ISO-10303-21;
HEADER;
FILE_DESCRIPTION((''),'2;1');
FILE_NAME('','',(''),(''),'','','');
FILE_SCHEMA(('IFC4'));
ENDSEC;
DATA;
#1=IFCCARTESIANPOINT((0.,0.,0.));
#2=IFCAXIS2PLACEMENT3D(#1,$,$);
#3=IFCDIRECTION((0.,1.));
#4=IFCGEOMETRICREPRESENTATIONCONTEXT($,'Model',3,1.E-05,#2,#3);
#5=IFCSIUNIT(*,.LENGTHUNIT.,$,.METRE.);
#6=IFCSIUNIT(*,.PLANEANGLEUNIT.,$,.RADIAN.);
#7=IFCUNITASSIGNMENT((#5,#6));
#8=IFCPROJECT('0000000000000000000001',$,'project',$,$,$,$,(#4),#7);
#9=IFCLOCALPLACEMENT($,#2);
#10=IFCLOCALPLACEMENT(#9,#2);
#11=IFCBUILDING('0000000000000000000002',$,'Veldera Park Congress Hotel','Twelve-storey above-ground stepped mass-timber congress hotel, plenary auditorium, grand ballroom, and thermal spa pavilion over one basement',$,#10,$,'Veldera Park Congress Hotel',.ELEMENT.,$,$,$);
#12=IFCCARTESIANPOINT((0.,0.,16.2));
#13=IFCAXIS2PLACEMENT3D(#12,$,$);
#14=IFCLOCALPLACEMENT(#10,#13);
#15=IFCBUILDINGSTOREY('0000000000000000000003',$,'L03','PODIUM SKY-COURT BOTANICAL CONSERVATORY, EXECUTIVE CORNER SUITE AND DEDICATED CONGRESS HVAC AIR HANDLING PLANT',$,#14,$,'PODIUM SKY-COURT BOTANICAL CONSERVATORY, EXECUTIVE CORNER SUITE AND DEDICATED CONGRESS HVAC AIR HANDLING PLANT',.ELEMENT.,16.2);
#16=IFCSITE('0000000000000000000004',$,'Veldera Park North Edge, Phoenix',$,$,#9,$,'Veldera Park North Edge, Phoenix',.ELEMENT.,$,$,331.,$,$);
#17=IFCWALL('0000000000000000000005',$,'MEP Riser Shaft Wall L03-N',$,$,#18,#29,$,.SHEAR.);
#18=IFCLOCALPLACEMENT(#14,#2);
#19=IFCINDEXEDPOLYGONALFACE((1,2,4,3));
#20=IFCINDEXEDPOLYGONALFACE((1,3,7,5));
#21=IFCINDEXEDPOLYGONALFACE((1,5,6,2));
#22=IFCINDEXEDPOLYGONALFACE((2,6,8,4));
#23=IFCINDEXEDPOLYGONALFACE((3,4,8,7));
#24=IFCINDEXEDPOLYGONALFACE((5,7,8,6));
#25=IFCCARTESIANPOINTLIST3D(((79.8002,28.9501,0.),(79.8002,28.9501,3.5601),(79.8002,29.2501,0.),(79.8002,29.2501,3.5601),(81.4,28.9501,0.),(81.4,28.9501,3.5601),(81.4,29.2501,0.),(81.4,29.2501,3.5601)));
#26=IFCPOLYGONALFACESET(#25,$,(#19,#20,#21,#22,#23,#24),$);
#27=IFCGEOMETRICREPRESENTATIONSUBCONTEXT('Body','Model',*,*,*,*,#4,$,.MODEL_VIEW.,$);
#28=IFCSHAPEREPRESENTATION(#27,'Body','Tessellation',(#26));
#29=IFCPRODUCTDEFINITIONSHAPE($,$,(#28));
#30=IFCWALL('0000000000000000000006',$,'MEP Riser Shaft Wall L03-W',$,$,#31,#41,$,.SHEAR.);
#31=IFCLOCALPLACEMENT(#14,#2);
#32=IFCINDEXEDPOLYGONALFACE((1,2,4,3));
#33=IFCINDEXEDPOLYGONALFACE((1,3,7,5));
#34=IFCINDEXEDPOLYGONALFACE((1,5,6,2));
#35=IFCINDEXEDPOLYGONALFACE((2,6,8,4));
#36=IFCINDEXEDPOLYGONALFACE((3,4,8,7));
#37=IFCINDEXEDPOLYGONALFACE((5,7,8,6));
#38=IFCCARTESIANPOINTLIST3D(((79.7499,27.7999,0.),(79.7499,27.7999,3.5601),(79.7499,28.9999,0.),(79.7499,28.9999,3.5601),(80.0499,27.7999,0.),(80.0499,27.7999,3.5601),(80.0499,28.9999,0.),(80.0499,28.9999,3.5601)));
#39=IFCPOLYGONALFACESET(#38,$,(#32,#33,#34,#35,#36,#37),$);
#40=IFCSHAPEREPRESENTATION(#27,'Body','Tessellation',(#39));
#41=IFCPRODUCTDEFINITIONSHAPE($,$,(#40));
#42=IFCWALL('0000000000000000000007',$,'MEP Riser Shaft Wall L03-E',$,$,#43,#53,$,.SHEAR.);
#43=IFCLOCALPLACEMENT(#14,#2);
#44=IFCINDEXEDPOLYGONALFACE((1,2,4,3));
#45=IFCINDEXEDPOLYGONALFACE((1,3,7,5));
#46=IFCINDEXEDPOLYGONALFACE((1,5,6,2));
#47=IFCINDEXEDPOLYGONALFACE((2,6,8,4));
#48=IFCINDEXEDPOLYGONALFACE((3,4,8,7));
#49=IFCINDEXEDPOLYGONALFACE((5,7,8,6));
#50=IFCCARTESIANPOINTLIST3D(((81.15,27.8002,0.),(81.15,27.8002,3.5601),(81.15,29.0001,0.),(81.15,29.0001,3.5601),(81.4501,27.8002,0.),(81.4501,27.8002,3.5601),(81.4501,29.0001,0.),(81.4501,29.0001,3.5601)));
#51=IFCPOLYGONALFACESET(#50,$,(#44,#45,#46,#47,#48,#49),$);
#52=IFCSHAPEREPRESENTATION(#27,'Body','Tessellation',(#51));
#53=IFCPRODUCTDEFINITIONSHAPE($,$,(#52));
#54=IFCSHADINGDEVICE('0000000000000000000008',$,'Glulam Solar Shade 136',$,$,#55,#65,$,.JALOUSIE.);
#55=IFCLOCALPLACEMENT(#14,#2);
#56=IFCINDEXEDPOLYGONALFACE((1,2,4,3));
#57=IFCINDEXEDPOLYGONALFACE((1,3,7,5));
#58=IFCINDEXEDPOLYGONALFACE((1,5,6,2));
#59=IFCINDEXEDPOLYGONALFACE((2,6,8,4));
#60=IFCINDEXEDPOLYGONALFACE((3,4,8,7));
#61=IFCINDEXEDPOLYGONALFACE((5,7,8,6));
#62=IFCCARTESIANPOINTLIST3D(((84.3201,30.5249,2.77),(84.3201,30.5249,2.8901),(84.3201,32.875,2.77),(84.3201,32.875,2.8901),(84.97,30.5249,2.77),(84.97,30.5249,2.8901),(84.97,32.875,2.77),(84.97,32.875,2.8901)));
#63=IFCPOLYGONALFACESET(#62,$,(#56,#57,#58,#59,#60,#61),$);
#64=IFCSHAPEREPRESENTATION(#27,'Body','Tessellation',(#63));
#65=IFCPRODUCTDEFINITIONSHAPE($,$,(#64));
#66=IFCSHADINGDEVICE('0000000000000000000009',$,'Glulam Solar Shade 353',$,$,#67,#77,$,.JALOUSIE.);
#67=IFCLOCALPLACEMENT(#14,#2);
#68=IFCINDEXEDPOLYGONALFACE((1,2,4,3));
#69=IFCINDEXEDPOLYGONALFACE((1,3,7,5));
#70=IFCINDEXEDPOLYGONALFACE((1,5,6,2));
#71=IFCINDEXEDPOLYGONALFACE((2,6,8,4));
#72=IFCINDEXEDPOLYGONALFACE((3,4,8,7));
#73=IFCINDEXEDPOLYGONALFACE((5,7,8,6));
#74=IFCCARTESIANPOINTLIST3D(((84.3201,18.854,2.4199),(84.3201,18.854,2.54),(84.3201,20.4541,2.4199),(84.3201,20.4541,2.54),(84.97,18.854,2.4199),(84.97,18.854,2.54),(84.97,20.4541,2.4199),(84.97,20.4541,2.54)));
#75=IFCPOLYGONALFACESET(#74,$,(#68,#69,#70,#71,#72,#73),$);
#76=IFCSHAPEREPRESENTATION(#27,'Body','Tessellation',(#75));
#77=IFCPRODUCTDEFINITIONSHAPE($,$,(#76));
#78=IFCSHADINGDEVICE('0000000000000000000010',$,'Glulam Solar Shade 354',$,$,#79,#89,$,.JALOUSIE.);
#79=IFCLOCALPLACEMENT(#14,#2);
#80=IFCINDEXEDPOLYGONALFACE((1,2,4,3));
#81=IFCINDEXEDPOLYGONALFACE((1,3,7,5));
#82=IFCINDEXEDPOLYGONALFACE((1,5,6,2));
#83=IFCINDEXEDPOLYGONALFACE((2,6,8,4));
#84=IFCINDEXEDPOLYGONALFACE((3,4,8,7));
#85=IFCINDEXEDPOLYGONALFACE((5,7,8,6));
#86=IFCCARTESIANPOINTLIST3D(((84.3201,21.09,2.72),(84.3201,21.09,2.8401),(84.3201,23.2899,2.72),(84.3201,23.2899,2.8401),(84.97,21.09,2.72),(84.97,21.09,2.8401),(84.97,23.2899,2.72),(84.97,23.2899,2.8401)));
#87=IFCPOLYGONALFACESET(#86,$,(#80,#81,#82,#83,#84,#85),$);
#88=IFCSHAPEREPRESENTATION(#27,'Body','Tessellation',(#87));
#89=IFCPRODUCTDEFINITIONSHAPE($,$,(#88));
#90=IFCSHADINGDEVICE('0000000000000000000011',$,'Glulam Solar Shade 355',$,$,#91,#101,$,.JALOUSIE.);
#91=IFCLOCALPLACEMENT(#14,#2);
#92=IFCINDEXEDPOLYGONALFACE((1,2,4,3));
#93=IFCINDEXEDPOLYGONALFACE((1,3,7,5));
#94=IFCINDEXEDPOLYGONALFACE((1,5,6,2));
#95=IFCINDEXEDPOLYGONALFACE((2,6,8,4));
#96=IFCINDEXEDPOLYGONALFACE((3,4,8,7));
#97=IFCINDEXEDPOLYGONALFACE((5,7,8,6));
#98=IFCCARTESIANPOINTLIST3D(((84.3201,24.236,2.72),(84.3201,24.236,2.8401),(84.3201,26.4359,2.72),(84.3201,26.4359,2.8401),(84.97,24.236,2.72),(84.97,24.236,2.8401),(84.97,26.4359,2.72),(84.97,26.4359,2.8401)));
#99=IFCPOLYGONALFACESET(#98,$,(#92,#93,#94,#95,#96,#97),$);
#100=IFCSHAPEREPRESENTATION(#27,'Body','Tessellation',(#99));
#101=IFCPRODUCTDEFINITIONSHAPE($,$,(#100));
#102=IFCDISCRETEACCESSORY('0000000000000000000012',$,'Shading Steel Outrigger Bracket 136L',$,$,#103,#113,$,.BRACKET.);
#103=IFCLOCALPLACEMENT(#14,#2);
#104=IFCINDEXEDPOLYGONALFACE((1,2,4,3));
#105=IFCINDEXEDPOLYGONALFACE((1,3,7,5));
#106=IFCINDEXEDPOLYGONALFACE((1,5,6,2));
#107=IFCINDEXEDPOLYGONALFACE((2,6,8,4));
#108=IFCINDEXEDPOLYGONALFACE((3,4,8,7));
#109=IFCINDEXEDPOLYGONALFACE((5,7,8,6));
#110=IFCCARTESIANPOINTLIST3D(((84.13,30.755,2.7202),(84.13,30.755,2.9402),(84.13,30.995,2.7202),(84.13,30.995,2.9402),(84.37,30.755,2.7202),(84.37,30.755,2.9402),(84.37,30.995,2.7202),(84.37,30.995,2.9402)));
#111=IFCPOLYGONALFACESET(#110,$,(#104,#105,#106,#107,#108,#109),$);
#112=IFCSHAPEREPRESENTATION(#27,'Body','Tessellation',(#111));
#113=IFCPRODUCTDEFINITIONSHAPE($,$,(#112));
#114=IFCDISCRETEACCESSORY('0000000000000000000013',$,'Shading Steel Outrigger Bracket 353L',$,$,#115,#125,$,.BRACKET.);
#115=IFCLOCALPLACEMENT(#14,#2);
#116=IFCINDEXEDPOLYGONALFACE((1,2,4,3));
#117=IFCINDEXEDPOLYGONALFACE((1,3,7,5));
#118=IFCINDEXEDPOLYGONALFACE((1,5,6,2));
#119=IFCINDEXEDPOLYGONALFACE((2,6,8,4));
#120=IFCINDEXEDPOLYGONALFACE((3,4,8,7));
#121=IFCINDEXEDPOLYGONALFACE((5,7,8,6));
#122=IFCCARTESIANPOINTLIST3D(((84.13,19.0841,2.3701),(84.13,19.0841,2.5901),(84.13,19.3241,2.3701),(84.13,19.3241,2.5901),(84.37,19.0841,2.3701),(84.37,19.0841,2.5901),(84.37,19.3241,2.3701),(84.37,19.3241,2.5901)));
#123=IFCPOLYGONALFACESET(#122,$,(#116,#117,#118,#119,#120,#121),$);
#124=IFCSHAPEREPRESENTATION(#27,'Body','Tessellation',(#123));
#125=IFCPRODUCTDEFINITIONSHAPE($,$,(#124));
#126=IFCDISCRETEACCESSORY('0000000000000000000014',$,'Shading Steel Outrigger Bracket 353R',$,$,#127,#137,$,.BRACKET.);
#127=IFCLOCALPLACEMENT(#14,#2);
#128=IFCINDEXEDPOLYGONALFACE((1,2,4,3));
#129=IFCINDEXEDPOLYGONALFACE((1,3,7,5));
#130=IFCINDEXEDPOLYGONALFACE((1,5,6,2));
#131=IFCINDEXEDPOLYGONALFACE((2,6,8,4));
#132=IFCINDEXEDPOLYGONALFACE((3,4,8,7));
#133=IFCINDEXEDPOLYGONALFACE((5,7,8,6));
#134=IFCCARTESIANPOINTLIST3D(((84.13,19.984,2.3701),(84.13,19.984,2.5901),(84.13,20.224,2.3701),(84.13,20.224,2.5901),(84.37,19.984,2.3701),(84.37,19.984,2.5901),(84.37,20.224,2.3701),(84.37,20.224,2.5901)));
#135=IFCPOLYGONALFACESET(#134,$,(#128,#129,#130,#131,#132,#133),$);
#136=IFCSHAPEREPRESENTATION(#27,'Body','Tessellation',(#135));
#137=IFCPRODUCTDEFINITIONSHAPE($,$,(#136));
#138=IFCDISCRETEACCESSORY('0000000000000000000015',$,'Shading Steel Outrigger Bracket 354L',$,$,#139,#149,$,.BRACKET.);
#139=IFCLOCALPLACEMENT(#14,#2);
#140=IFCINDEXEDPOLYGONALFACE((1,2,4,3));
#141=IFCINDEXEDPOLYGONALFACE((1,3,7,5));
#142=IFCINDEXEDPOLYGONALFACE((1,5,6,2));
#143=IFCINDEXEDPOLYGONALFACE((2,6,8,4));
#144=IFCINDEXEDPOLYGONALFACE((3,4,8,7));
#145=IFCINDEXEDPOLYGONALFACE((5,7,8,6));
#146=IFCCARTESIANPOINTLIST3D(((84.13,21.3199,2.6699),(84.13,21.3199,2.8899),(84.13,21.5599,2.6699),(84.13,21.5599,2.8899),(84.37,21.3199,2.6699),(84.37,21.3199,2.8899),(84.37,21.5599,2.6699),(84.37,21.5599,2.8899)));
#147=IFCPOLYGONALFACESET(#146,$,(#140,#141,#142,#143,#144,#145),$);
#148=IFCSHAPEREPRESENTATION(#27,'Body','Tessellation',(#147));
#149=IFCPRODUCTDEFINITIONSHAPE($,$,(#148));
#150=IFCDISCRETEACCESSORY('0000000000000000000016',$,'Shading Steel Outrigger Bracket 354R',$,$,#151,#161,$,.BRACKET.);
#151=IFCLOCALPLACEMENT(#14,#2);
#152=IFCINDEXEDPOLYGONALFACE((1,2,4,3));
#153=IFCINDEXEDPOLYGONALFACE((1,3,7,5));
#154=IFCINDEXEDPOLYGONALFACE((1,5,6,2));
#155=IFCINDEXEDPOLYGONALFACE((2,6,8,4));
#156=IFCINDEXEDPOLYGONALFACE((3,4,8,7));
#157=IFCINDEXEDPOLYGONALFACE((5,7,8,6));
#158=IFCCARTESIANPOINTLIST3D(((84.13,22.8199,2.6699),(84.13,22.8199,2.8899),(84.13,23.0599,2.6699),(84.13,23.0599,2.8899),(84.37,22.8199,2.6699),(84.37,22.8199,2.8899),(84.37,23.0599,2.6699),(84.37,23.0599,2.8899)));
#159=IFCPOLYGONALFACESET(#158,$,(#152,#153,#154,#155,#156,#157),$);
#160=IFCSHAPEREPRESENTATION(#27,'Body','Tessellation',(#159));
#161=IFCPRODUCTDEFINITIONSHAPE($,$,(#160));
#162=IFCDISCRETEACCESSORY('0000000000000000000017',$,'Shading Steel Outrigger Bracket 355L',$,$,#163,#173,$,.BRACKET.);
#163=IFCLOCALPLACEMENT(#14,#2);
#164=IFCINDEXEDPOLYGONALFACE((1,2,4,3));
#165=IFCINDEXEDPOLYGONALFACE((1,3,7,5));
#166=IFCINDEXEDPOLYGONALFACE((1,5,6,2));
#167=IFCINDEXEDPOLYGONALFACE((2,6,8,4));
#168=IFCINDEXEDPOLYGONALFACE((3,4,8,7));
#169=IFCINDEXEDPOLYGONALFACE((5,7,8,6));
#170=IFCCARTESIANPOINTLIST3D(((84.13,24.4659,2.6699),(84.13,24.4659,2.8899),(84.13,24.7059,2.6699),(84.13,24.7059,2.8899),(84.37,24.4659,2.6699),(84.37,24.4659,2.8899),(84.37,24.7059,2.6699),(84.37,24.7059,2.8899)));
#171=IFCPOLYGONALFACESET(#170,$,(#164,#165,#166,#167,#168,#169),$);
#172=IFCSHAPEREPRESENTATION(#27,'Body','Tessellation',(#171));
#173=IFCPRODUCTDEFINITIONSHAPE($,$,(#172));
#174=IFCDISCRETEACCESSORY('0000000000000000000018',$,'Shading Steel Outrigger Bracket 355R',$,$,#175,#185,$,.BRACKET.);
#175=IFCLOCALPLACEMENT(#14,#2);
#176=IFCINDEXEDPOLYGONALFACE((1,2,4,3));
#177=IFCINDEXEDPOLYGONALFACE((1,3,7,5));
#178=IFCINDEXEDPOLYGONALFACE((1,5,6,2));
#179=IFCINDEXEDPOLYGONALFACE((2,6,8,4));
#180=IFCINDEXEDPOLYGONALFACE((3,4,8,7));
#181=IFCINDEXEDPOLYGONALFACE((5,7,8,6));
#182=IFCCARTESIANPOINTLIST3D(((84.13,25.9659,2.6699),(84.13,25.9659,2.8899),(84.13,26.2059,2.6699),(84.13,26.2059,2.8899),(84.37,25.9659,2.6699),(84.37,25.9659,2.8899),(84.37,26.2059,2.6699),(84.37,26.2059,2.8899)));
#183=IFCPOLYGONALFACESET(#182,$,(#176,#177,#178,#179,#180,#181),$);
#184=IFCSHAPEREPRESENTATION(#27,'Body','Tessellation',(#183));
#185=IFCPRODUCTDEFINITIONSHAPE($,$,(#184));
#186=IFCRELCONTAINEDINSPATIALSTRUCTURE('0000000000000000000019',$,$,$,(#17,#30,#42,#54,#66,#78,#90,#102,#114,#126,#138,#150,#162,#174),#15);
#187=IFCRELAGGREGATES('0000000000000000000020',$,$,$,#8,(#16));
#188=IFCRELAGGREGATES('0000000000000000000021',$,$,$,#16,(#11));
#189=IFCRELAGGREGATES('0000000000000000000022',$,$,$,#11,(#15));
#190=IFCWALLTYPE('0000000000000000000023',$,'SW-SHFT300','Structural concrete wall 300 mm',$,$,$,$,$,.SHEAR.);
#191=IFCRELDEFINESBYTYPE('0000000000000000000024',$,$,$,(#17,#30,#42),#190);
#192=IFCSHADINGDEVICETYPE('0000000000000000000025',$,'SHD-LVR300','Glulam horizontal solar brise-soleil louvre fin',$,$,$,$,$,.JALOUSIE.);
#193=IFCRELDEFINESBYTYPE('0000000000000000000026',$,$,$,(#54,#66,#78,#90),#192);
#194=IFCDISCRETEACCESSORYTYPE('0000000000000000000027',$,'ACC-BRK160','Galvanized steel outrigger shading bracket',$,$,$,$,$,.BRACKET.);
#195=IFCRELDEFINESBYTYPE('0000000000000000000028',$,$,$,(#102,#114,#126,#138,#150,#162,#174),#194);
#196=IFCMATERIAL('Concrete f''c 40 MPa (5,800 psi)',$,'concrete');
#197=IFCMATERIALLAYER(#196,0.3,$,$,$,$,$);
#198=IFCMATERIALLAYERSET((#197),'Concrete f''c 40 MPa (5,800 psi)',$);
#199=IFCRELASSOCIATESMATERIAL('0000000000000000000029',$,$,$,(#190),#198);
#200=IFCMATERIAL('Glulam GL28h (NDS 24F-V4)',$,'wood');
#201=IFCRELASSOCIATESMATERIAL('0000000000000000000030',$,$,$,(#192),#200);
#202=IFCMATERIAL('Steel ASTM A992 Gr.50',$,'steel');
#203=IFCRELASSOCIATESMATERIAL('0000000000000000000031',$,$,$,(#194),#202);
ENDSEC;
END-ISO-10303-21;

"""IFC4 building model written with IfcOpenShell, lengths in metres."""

from ifc_helpers import new_model, si_unit, direction, frame, frame_2d, origin, origin_2d, place, context, subcontext, project, spatial, rectangle, extrude, material, layer, layer_set, type_object, element, save


model = new_model("IFC4")

# Units and contexts
model_context = context("Model", 3, precision=1e-05, world=origin(), true_north=direction((0.0, 1.0)))
body_context = subcontext(model_context, "Body", "Model", "MODEL_VIEW")
ifc_project = project(units=[si_unit("LENGTHUNIT", "METRE"), si_unit("PLANEANGLEUNIT", "RADIAN")], contexts=[model_context])

# Site, building, storey
site_placement = place(None, origin())
site = spatial("IfcSite", under=ifc_project, at=site_placement, Name="Veldera Park North Edge, Phoenix", LongName="Veldera Park North Edge, Phoenix", CompositionType="ELEMENT", RefElevation=331.0)
building_placement = place(site_placement, origin())
building = spatial("IfcBuilding", under=site, at=building_placement, Name="Veldera Park Congress Hotel", Description="Twelve-storey above-ground stepped mass-timber congress hotel, plenary auditorium, grand ballroom, and thermal spa pavilion over one basement", LongName="Veldera Park Congress Hotel", CompositionType="ELEMENT")
storey_placement = place(building_placement, frame((0.0, 0.0, 16.2)))
storey = spatial("IfcBuildingStorey", under=building, at=storey_placement, Name="L03", Description="PODIUM SKY-COURT BOTANICAL CONSERVATORY, EXECUTIVE CORNER SUITE AND DEDICATED CONGRESS HVAC AIR HANDLING PLANT", LongName="PODIUM SKY-COURT BOTANICAL CONSERVATORY, EXECUTIVE CORNER SUITE AND DEDICATED CONGRESS HVAC AIR HANDLING PLANT", CompositionType="ELEMENT", Elevation=16.2)

# Shared definitions
ifc_material_1 = material(Name="Glulam GL28h (NDS 24F-V4)", Category="wood")

# Walls
ifc_material_2 = material(Name="Concrete f'c 40 MPa (5,800 psi)", Category="concrete")
ifc_layer_1 = layer(ifc_material_2, 0.3)
ifc_layer_set_1 = layer_set([ifc_layer_1], Name="Concrete f'c 40 MPa (5,800 psi)")
wall_type_1 = type_object("IfcWallType", Name="SW-SHFT300", Description="Structural concrete wall 300 mm", PredefinedType="SHEAR", material=ifc_layer_set_1)
for number, where, z_axis, x_axis, name in (
    (1, (81.3999, 29.1001, 0.0), (0.0, 0.0, 1.0), (-1.0, 0.0, 0.0), "MEP Riser Shaft Wall L03-N"),
):
    element("IfcWall", number, at=place(storey_placement, frame(where, z_axis=z_axis, x_axis=x_axis)), inside=storey, type_object=wall_type_1, Name=name, PredefinedType="SHEAR", context=body_context, shape_type="SweptSolid", body=[
        extrude(rectangle(XDim=1.5999, YDim=0.3, at=frame_2d((0.7998, 0.0))), origin(), (0.0, 0.0, 1.0), 3.5601),
    ])
for number, where, z_axis, x_axis, name in (
    (2, (79.8999, 29.0, 0.0), (0.0, 0.0, 1.0), (0.0, -1.0, 0.0), "MEP Riser Shaft Wall L03-W"),
    (3, (81.3, 27.8, 0.0), (0.0, 0.0, 1.0), (0.0, 1.0, 0.0), "MEP Riser Shaft Wall L03-E"),
):
    element("IfcWall", number, at=place(storey_placement, frame(where, z_axis=z_axis, x_axis=x_axis)), inside=storey, type_object=wall_type_1, Name=name, PredefinedType="SHEAR", context=body_context, shape_type="SweptSolid", body=[
        extrude(rectangle(XDim=1.2, YDim=0.3, at=frame_2d((0.6001, 0.0))), origin(), (0.0, 0.0, 1.0), 3.5601),
    ])

# Shading devices
shading_device_type = type_object("IfcShadingDeviceType", Name="SHD-LVR300", Description="Glulam horizontal solar brise-soleil louvre fin", PredefinedType="JALOUSIE", material=ifc_material_1)
shading_device_1_placement = place(storey_placement, frame((84.645, 31.7, 2.77), z_axis=(0.0, 0.0, 1.0), x_axis=(0.0, 1.0, 0.0)))
element("IfcShadingDevice", 4, at=shading_device_1_placement, inside=storey, type_object=shading_device_type, Name="Glulam Solar Shade 136", PredefinedType="JALOUSIE", context=body_context, shape_type="SweptSolid", body=[
    extrude(rectangle(XDim=2.3501, YDim=0.6499, at=origin_2d()), origin(), (0.0, 0.0, 1.0), 0.1201),
])
shading_device_2_placement = place(storey_placement, frame((84.645, 19.6541, 2.4199), z_axis=(0.0, 0.0, 1.0), x_axis=(0.0, 1.0, 0.0)))
element("IfcShadingDevice", 5, at=shading_device_2_placement, inside=storey, type_object=shading_device_type, Name="Glulam Solar Shade 353", PredefinedType="JALOUSIE", context=body_context, shape_type="SweptSolid", body=[
    extrude(rectangle(XDim=1.6001, YDim=0.6499, at=origin_2d()), origin(), (0.0, 0.0, 1.0), 0.1201),
])
for number, where, z_axis, x_axis, name in (
    (6, (84.645, 22.1899, 2.72), (0.0, 0.0, 1.0), (0.0, 1.0, 0.0), "Glulam Solar Shade 354"),
    (7, (84.645, 25.3359, 2.72), (0.0, 0.0, 1.0), (0.0, 1.0, 0.0), "Glulam Solar Shade 355"),
):
    element("IfcShadingDevice", number, at=place(storey_placement, frame(where, z_axis=z_axis, x_axis=x_axis)), inside=storey, type_object=shading_device_type, Name=name, PredefinedType="JALOUSIE", context=body_context, shape_type="SweptSolid", body=[
        extrude(rectangle(XDim=2.2, YDim=0.6499, at=origin_2d()), origin(), (0.0, 0.0, 1.0), 0.1201),
    ])

# Discrete accessories
ifc_material_3 = material(Name="Steel ASTM A992 Gr.50", Category="steel")
discrete_accessory_type = type_object("IfcDiscreteAccessoryType", Name="ACC-BRK160", Description="Galvanized steel outrigger shading bracket", PredefinedType="BRACKET", material=ifc_material_3)
for number, where, z_axis, x_axis, name in (
    (8, (84.25, 30.875, 2.7202), (0.0, 0.0, 1.0), (0.0, 1.0, 0.0), "Shading Steel Outrigger Bracket 136L"),
    (9, (84.25, 19.2041, 2.3701), (0.0, 0.0, 1.0), (0.0, 1.0, 0.0), "Shading Steel Outrigger Bracket 353L"),
    (10, (84.25, 20.104, 2.3701), (0.0, 0.0, 1.0), (0.0, 1.0, 0.0), "Shading Steel Outrigger Bracket 353R"),
    (11, (84.25, 21.4399, 2.6699), (0.0, 0.0, 1.0), (0.0, 1.0, 0.0), "Shading Steel Outrigger Bracket 354L"),
    (12, (84.25, 22.9399, 2.6699), (0.0, 0.0, 1.0), (0.0, 1.0, 0.0), "Shading Steel Outrigger Bracket 354R"),
    (13, (84.25, 24.5859, 2.6699), (0.0, 0.0, 1.0), (0.0, 1.0, 0.0), "Shading Steel Outrigger Bracket 355L"),
    (14, (84.25, 26.0859, 2.6699), (0.0, 0.0, 1.0), (0.0, 1.0, 0.0), "Shading Steel Outrigger Bracket 355R"),
):
    element("IfcDiscreteAccessory", number, at=place(storey_placement, frame(where, z_axis=z_axis, x_axis=x_axis)), inside=storey, type_object=discrete_accessory_type, Name=name, PredefinedType="BRACKET", context=body_context, shape_type="SweptSolid", body=[
        extrude(rectangle(XDim=0.24, YDim=0.24, at=origin_2d()), origin(), (0.0, 0.0, 1.0), 0.22),
    ])

save(model, "model.ifc")
